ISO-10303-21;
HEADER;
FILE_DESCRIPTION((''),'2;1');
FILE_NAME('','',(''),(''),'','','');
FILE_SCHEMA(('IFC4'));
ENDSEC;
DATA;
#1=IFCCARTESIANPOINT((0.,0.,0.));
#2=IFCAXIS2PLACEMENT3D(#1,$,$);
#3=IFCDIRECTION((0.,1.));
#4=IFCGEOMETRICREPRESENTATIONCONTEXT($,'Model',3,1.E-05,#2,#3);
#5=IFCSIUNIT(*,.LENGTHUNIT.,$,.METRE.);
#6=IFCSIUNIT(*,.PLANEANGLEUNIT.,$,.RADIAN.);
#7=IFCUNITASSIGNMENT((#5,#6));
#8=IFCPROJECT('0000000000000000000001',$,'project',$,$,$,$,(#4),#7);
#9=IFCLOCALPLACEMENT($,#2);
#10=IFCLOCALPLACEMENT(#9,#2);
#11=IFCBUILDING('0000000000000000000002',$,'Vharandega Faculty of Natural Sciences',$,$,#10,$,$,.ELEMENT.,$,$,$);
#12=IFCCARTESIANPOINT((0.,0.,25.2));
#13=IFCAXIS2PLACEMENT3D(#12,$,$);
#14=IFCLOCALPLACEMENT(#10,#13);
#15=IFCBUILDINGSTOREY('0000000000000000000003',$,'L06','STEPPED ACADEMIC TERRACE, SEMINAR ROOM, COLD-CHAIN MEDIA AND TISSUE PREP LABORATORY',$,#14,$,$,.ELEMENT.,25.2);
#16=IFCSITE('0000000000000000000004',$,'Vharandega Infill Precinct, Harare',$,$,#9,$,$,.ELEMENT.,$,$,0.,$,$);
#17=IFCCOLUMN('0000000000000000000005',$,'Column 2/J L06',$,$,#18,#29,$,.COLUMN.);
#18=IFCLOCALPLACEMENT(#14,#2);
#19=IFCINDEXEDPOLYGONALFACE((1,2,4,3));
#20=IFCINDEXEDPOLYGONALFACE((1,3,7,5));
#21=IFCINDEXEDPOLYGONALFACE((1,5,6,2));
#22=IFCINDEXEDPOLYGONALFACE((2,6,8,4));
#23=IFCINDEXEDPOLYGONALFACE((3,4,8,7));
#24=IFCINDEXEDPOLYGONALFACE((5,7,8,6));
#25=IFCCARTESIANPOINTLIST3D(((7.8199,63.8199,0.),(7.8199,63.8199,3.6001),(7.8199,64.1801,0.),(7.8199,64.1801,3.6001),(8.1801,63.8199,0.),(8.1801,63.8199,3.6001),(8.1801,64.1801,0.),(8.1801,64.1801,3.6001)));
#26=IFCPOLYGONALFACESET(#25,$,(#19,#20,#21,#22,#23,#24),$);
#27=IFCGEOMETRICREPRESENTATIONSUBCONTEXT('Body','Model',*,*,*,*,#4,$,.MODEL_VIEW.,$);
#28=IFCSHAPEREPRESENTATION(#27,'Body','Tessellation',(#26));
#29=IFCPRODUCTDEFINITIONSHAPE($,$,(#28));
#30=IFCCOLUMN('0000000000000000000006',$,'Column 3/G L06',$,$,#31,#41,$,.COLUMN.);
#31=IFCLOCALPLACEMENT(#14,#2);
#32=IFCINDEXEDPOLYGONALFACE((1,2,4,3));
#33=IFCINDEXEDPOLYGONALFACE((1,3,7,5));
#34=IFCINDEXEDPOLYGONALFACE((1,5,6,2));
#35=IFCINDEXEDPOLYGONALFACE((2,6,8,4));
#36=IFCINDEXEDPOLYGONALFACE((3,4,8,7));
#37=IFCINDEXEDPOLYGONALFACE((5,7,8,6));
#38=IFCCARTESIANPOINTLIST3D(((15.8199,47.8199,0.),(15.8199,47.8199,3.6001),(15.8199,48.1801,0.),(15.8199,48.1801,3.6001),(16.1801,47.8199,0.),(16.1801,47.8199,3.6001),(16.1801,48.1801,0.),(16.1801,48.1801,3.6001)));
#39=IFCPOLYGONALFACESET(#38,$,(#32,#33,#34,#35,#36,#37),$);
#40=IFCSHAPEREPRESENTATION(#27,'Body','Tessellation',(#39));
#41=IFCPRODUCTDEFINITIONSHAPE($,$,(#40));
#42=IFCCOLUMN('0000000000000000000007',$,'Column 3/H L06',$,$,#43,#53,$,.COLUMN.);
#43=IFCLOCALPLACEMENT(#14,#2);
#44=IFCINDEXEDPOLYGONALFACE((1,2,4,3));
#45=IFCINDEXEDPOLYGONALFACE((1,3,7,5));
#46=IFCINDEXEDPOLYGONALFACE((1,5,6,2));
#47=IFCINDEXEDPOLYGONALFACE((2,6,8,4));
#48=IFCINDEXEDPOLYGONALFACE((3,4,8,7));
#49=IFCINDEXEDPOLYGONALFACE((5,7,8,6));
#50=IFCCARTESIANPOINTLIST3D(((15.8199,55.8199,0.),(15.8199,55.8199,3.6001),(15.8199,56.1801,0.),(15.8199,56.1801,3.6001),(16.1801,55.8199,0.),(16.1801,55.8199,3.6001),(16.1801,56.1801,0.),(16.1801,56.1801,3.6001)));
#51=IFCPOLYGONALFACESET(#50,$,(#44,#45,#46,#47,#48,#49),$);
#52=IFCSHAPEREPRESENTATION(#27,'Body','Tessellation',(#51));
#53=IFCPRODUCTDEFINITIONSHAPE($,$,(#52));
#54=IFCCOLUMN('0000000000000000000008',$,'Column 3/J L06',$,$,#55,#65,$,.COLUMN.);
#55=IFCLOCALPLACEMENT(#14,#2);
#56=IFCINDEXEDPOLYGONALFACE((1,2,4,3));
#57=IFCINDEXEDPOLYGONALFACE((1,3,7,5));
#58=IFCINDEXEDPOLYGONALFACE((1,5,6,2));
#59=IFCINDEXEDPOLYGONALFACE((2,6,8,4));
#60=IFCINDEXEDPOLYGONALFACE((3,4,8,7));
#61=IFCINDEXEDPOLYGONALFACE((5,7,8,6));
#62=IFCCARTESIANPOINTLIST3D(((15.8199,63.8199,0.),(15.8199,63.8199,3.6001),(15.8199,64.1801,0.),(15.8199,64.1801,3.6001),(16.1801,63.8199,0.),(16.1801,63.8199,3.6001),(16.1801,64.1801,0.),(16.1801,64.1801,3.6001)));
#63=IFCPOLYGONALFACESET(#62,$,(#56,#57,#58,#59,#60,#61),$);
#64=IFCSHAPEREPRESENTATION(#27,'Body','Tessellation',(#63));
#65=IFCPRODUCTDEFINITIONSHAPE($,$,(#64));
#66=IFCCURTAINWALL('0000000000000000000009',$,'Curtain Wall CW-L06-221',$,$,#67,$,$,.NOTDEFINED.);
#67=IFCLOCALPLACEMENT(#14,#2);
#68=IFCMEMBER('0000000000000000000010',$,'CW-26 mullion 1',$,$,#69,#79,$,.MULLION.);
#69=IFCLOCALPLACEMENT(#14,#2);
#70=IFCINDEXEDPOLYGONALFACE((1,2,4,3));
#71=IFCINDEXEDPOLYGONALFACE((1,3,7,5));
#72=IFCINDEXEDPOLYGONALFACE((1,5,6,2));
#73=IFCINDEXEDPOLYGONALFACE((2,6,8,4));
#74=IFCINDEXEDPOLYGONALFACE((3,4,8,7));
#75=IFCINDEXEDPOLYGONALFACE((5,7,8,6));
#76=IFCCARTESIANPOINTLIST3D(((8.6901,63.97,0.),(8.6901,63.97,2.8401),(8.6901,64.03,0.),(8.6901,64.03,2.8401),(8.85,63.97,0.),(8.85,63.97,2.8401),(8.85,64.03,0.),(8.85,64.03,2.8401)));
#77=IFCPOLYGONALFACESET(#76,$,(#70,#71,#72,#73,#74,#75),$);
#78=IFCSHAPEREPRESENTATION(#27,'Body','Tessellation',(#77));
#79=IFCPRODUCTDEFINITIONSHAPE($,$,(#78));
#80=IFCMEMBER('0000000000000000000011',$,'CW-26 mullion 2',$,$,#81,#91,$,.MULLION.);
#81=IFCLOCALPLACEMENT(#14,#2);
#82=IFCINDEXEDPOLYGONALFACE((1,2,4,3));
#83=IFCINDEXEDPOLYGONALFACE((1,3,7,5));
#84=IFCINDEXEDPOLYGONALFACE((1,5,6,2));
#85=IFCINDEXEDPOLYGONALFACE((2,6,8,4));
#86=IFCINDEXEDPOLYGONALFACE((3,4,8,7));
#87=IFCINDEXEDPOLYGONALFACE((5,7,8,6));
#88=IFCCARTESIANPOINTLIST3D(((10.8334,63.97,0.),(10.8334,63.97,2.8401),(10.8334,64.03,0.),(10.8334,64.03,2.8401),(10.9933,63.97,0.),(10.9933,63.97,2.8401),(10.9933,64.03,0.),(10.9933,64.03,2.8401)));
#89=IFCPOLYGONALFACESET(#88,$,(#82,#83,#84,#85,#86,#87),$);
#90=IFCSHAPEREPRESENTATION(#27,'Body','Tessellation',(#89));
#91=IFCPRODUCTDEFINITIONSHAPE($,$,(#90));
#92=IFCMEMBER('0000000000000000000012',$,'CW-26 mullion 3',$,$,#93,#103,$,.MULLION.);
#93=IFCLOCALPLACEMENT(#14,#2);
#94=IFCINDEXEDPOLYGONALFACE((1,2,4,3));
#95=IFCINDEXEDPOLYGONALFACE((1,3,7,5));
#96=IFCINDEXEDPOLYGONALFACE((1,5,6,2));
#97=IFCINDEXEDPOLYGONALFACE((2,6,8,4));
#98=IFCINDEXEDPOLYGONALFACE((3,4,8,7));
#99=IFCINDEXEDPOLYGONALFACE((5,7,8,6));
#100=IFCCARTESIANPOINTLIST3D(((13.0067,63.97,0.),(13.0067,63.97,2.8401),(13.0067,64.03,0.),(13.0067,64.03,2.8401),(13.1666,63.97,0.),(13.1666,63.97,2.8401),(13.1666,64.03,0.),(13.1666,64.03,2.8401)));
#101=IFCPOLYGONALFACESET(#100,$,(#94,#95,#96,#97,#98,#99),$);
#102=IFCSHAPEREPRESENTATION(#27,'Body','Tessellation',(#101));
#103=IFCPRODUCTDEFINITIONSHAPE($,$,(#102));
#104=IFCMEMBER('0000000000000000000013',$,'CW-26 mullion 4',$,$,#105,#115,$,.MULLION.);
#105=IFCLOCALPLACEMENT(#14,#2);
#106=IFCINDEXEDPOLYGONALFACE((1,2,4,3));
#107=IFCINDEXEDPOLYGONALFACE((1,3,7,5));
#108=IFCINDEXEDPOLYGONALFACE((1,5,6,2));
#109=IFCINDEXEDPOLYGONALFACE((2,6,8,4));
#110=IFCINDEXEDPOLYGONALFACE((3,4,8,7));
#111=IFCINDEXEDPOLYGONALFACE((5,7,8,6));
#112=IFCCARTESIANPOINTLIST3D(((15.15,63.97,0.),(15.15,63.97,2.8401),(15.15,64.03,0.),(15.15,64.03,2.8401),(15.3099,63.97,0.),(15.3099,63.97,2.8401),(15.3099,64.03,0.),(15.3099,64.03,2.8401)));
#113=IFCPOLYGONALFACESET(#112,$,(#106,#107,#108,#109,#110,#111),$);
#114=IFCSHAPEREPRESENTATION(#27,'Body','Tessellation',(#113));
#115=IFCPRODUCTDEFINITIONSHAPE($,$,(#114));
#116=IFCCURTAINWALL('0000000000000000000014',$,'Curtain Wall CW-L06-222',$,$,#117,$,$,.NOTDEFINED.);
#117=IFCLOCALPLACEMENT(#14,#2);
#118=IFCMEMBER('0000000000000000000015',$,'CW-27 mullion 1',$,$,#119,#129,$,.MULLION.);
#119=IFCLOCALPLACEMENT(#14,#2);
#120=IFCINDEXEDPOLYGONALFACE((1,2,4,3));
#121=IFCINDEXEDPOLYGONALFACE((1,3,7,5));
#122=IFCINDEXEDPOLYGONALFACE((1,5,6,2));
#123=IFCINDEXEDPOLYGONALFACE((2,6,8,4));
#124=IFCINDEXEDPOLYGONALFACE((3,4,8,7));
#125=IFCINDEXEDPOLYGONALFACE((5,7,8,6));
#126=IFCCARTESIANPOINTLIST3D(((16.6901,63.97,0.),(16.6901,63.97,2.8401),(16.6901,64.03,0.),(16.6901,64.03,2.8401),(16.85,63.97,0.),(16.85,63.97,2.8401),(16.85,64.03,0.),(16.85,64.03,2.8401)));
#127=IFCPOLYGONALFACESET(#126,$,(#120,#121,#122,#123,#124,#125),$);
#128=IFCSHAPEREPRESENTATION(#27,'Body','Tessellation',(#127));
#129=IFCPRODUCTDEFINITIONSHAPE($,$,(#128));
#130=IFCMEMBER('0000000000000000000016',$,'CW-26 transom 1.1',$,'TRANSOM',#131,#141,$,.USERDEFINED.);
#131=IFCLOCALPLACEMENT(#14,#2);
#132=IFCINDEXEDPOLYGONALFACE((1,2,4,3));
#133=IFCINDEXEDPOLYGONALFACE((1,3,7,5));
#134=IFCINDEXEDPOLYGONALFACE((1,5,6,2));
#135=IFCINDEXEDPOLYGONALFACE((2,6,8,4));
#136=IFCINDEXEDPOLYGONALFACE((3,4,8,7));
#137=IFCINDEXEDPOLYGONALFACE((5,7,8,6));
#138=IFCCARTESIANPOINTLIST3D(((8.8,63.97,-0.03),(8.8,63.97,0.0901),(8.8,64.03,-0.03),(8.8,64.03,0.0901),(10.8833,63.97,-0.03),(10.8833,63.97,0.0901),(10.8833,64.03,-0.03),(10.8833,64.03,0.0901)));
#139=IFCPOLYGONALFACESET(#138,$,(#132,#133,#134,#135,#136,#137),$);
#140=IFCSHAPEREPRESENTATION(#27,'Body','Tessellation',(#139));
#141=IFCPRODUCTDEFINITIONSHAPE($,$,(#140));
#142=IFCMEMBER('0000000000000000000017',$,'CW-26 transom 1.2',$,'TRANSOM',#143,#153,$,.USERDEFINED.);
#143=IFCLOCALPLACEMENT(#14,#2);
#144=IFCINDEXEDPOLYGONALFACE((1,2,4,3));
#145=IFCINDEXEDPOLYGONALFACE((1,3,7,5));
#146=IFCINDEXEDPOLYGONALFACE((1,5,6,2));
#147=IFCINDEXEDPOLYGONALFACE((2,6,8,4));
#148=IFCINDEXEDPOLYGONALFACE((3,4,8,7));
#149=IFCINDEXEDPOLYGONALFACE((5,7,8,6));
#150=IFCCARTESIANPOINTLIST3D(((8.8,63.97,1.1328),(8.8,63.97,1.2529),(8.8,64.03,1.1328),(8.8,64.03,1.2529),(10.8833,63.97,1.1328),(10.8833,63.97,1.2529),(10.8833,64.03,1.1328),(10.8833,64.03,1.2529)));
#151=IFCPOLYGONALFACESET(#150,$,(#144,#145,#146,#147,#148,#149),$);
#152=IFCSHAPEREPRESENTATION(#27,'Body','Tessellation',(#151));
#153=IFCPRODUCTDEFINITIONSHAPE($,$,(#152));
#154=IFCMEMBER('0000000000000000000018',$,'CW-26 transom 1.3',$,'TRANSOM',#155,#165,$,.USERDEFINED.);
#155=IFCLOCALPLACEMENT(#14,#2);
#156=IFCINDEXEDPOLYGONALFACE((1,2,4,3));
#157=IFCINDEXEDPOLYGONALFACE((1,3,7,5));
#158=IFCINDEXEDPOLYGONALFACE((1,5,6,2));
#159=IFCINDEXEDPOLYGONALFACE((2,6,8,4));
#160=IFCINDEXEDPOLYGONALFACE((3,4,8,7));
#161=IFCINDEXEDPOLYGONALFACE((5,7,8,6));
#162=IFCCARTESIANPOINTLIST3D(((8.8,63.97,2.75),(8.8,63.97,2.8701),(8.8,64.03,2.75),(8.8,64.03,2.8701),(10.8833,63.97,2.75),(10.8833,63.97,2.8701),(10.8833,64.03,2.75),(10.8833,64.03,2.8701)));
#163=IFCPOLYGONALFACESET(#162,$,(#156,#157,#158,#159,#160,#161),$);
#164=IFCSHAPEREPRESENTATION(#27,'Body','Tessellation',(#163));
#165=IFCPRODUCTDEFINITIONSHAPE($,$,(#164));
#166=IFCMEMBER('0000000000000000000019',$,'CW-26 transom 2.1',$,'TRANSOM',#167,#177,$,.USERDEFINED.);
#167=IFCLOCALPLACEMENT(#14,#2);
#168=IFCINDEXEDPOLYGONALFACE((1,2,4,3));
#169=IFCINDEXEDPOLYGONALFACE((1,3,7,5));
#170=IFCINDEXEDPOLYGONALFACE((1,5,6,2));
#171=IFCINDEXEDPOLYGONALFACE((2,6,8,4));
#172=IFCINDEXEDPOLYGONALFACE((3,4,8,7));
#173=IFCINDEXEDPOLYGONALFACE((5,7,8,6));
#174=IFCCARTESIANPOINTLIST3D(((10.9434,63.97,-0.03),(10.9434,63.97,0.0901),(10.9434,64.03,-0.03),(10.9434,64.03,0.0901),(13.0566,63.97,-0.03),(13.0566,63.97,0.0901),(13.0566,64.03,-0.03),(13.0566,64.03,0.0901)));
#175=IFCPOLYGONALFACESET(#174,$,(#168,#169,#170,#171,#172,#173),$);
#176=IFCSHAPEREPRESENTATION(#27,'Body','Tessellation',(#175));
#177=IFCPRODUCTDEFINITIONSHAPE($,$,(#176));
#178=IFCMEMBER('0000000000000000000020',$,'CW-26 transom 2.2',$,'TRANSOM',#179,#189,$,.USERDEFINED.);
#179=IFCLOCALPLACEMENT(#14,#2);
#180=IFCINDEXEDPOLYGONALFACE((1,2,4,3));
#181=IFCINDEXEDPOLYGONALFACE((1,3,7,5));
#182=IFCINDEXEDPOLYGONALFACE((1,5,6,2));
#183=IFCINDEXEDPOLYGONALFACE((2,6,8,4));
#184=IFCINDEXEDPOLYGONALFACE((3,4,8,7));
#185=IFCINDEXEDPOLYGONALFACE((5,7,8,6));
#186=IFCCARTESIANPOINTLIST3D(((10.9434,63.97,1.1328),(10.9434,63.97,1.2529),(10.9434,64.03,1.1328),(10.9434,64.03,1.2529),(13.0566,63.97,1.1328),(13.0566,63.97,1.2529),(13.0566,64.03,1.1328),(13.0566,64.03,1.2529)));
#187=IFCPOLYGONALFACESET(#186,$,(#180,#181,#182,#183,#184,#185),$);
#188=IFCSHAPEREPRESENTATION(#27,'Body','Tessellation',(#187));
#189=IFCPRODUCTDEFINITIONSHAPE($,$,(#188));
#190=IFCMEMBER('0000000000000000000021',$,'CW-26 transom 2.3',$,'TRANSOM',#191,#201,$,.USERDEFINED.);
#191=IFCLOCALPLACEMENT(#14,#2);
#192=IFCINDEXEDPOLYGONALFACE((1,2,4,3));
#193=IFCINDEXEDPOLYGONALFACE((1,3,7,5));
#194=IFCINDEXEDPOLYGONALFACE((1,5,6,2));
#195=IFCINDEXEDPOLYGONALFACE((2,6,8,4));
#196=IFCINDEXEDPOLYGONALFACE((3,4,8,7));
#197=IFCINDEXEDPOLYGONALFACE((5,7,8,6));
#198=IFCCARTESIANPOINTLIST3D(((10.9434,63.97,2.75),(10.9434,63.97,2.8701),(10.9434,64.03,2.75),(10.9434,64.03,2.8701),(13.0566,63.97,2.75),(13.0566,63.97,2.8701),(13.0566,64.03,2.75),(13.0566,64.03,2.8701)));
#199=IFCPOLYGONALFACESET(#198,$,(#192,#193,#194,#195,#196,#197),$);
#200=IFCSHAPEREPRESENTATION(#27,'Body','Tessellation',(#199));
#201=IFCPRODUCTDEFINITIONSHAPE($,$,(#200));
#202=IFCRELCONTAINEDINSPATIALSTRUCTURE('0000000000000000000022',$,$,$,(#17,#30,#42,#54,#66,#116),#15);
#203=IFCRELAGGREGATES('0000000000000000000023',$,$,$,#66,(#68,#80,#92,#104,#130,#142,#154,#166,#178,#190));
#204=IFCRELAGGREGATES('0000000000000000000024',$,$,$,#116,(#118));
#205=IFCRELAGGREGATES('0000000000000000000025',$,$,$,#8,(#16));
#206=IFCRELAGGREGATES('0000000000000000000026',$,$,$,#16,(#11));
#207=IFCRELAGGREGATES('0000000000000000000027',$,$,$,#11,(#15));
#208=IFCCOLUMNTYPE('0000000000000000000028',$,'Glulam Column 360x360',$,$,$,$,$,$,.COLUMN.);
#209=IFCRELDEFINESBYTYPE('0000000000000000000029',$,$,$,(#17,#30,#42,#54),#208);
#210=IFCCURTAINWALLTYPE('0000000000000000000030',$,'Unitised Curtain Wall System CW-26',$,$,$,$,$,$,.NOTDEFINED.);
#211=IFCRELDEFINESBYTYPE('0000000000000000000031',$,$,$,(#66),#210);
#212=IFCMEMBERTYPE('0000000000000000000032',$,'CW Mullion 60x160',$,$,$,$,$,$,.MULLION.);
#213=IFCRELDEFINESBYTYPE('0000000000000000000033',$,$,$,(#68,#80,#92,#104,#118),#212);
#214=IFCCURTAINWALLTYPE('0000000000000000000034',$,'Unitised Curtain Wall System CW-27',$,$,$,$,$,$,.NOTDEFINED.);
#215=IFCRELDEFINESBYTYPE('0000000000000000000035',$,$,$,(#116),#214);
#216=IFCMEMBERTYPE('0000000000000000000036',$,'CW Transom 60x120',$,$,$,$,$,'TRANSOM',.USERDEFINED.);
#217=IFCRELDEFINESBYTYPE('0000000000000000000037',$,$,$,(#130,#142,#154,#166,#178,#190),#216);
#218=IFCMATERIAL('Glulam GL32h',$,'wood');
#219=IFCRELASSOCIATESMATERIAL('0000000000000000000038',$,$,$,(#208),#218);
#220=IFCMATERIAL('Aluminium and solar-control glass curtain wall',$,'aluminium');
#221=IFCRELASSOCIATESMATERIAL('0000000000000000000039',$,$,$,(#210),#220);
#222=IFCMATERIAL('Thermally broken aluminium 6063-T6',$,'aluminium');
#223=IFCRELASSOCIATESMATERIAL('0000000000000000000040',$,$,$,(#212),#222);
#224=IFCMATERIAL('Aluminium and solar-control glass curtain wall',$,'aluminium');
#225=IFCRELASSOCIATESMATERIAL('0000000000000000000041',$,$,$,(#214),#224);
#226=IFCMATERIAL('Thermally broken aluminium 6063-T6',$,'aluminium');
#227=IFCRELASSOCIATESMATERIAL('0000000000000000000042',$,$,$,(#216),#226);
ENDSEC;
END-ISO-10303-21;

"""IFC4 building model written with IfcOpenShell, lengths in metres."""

from ifc_helpers import new_model, si_unit, direction, frame, origin, origin_2d, place, context, subcontext, project, spatial, rectangle, extrude, material, material_profile, profile_set, type_object, element, aggregate, save


model = new_model("IFC4")

# Units and contexts
model_context = context("Model", 3, precision=1e-05, world=origin(), true_north=direction((0.0, 1.0)))
body_context = subcontext(model_context, "Body", "Model", "MODEL_VIEW")
ifc_project = project(units=[si_unit("LENGTHUNIT", "METRE"), si_unit("PLANEANGLEUNIT", "RADIAN")], contexts=[model_context])

# Site, building, storey
site_placement = place(None, origin())
site = spatial("IfcSite", under=ifc_project, at=site_placement, Name="Vharandega Infill Precinct, Harare", CompositionType="ELEMENT", RefElevation=0.0)
building_placement = place(site_placement, origin())
building = spatial("IfcBuilding", under=site, at=building_placement, Name="Vharandega Faculty of Natural Sciences", CompositionType="ELEMENT")
storey_placement = place(building_placement, frame((0.0, 0.0, 25.2)))
storey = spatial("IfcBuildingStorey", under=building, at=storey_placement, Name="L06", Description="STEPPED ACADEMIC TERRACE, SEMINAR ROOM, COLD-CHAIN MEDIA AND TISSUE PREP LABORATORY", CompositionType="ELEMENT", Elevation=25.2)

# Columns
ifc_material_1 = material(Name="Glulam GL32h", Category="wood")
ifc_material_profile_1 = material_profile(ifc_material_1, rectangle(XDim=0.3601, YDim=0.3601, at=origin_2d()), Name="GL32h 360x360")
ifc_profile_set_1 = profile_set([ifc_material_profile_1], Name="Glulam GL32h")
column_type = type_object("IfcColumnType", Name="Glulam Column 360x360", PredefinedType="COLUMN", material=ifc_profile_set_1)
for number, where, z_axis, x_axis, name in (
    (1, (8.0, 64.0, 0.0), (0.0, 0.0, 1.0), (1.0, 0.0, 0.0), "Column 2/J L06"),
    (2, (16.0, 48.0, 0.0), (0.0, 0.0, 1.0), (1.0, 0.0, 0.0), "Column 3/G L06"),
    (3, (16.0, 56.0, 0.0), (0.0, 0.0, 1.0), (1.0, 0.0, 0.0), "Column 3/H L06"),
    (4, (16.0, 64.0, 0.0), (0.0, 0.0, 1.0), (1.0, 0.0, 0.0), "Column 3/J L06"),
):
    element("IfcColumn", number, at=place(storey_placement, frame(where, z_axis=z_axis, x_axis=x_axis)), inside=storey, type_object=column_type, Name=name, PredefinedType="COLUMN", context=body_context, shape_type="SweptSolid", body=[
        extrude(rectangle(XDim=0.3601, YDim=0.3601, at=origin_2d()), origin(), (0.0, 0.0, 1.0), 3.6001),
    ])

# Curtain wall, members
ifc_material_2 = material(Name="Aluminium and solar-control glass curtain wall", Category="aluminium")
curtain_wall_type_1 = type_object("IfcCurtainWallType", Name="Unitised Curtain Wall System CW-26", PredefinedType="NOTDEFINED", material=ifc_material_2)
curtain_wall_1_placement = place(storey_placement, origin())
curtain_wall_1 = element("IfcCurtainWall", 5, at=curtain_wall_1_placement, inside=storey, type_object=curtain_wall_type_1, Name="Curtain Wall CW-L06-221", PredefinedType="NOTDEFINED")
ifc_material_3 = material(Name="Thermally broken aluminium 6063-T6", Category="aluminium")
ifc_material_profile_2 = material_profile(ifc_material_3, rectangle(XDim=0.0601, YDim=0.1599, at=origin_2d()), Name="ALU 60x160")
ifc_profile_set_2 = profile_set([ifc_material_profile_2], Name="Thermally broken aluminium 6063-T6")
member_type_1 = type_object("IfcMemberType", Name="CW Mullion 60x160", PredefinedType="MULLION", material=ifc_profile_set_2)
member_1_placement = place(storey_placement, frame((8.77, 64.0, 0.0), z_axis=(0.0, 0.0, 1.0), x_axis=(0.0, 1.0, 0.0)))
member_1 = element("IfcMember", 6, at=member_1_placement, type_object=member_type_1, Name="CW-26 mullion 1", PredefinedType="MULLION", context=body_context, shape_type="SweptSolid", body=[
    extrude(rectangle(XDim=0.0601, YDim=0.1599, at=origin_2d()), origin(), (0.0, 0.0, 1.0), 2.8401),
])
member_2_placement = place(storey_placement, frame((10.9133, 64.0, 0.0), z_axis=(0.0, 0.0, 1.0), x_axis=(0.0, 1.0, 0.0)))
member_2 = element("IfcMember", 7, at=member_2_placement, type_object=member_type_1, Name="CW-26 mullion 2", PredefinedType="MULLION", context=body_context, shape_type="SweptSolid", body=[
    extrude(rectangle(XDim=0.0601, YDim=0.1599, at=origin_2d()), origin(), (0.0, 0.0, 1.0), 2.8401),
])
member_3_placement = place(storey_placement, frame((13.0867, 64.0, 0.0), z_axis=(0.0, 0.0, 1.0), x_axis=(0.0, 1.0, 0.0)))
member_3 = element("IfcMember", 8, at=member_3_placement, type_object=member_type_1, Name="CW-26 mullion 3", PredefinedType="MULLION", context=body_context, shape_type="SweptSolid", body=[
    extrude(rectangle(XDim=0.0601, YDim=0.1599, at=origin_2d()), origin(), (0.0, 0.0, 1.0), 2.8401),
])
member_4_placement = place(storey_placement, frame((15.23, 64.0, 0.0), z_axis=(0.0, 0.0, 1.0), x_axis=(0.0, 1.0, 0.0)))
member_4 = element("IfcMember", 9, at=member_4_placement, type_object=member_type_1, Name="CW-26 mullion 4", PredefinedType="MULLION", context=body_context, shape_type="SweptSolid", body=[
    extrude(rectangle(XDim=0.0601, YDim=0.1599, at=origin_2d()), origin(), (0.0, 0.0, 1.0), 2.8401),
])

# Curtain wall, member
ifc_material_4 = material(Name="Aluminium and solar-control glass curtain wall", Category="aluminium")
curtain_wall_type_2 = type_object("IfcCurtainWallType", Name="Unitised Curtain Wall System CW-27", PredefinedType="NOTDEFINED", material=ifc_material_4)
curtain_wall_2_placement = place(storey_placement, origin())
curtain_wall_2 = element("IfcCurtainWall", 10, at=curtain_wall_2_placement, inside=storey, type_object=curtain_wall_type_2, Name="Curtain Wall CW-L06-222", PredefinedType="NOTDEFINED")
member_5_placement = place(storey_placement, frame((16.77, 64.0, 0.0), z_axis=(0.0, 0.0, 1.0), x_axis=(0.0, 1.0, 0.0)))
member_5 = element("IfcMember", 11, at=member_5_placement, type_object=member_type_1, Name="CW-27 mullion 1", PredefinedType="MULLION", context=body_context, shape_type="SweptSolid", body=[
    extrude(rectangle(XDim=0.0601, YDim=0.1599, at=origin_2d()), origin(), (0.0, 0.0, 1.0), 2.8401),
])

# Members
ifc_material_5 = material(Name="Thermally broken aluminium 6063-T6", Category="aluminium")
ifc_material_profile_3 = material_profile(ifc_material_5, rectangle(XDim=0.0601, YDim=0.1201, at=origin_2d()), Name="ALU 60x120")
ifc_profile_set_3 = profile_set([ifc_material_profile_3], Name="Thermally broken aluminium 6063-T6")
member_type_2 = type_object("IfcMemberType", Name="CW Transom 60x120", ElementType="TRANSOM", PredefinedType="USERDEFINED", material=ifc_profile_set_3)
member_6_placement = place(storey_placement, frame((8.8, 64.0, 0.03), z_axis=(1.0, 0.0, 0.0), x_axis=(0.0, 1.0, 0.0)))
member_6 = element("IfcMember", 12, at=member_6_placement, type_object=member_type_2, Name="CW-26 transom 1.1", ObjectType="TRANSOM", PredefinedType="USERDEFINED", context=body_context, shape_type="SweptSolid", body=[
    extrude(rectangle(XDim=0.0601, YDim=0.1201, at=origin_2d()), origin(), (0.0, 0.0, 1.0), 2.0833),
])
member_7_placement = place(storey_placement, frame((8.8, 64.0, 1.1929), z_axis=(1.0, 0.0, 0.0), x_axis=(0.0, 1.0, 0.0)))
member_7 = element("IfcMember", 13, at=member_7_placement, type_object=member_type_2, Name="CW-26 transom 1.2", ObjectType="TRANSOM", PredefinedType="USERDEFINED", context=body_context, shape_type="SweptSolid", body=[
    extrude(rectangle(XDim=0.0601, YDim=0.1201, at=origin_2d()), origin(), (0.0, 0.0, 1.0), 2.0833),
])
member_8_placement = place(storey_placement, frame((8.8, 64.0, 2.8101), z_axis=(1.0, 0.0, 0.0), x_axis=(0.0, 1.0, 0.0)))
member_8 = element("IfcMember", 14, at=member_8_placement, type_object=member_type_2, Name="CW-26 transom 1.3", ObjectType="TRANSOM", PredefinedType="USERDEFINED", context=body_context, shape_type="SweptSolid", body=[
    extrude(rectangle(XDim=0.0601, YDim=0.1201, at=origin_2d()), origin(), (0.0, 0.0, 1.0), 2.0833),
])
member_9_placement = place(storey_placement, frame((10.9434, 64.0, 0.03), z_axis=(1.0, 0.0, 0.0), x_axis=(0.0, 1.0, 0.0)))
member_9 = element("IfcMember", 15, at=member_9_placement, type_object=member_type_2, Name="CW-26 transom 2.1", ObjectType="TRANSOM", PredefinedType="USERDEFINED", context=body_context, shape_type="SweptSolid", body=[
    extrude(rectangle(XDim=0.0601, YDim=0.1201, at=origin_2d()), origin(), (0.0, 0.0, 1.0), 2.1133),
])
member_10_placement = place(storey_placement, frame((10.9434, 64.0, 1.1929), z_axis=(1.0, 0.0, 0.0), x_axis=(0.0, 1.0, 0.0)))
member_10 = element("IfcMember", 16, at=member_10_placement, type_object=member_type_2, Name="CW-26 transom 2.2", ObjectType="TRANSOM", PredefinedType="USERDEFINED", context=body_context, shape_type="SweptSolid", body=[
    extrude(rectangle(XDim=0.0601, YDim=0.1201, at=origin_2d()), origin(), (0.0, 0.0, 1.0), 2.1133),
])
member_11_placement = place(storey_placement, frame((10.9434, 64.0, 2.8101), z_axis=(1.0, 0.0, 0.0), x_axis=(0.0, 1.0, 0.0)))
member_11 = element("IfcMember", 17, at=member_11_placement, type_object=member_type_2, Name="CW-26 transom 2.3", ObjectType="TRANSOM", PredefinedType="USERDEFINED", context=body_context, shape_type="SweptSolid", body=[
    extrude(rectangle(XDim=0.0601, YDim=0.1201, at=origin_2d()), origin(), (0.0, 0.0, 1.0), 2.1133),
])

aggregate(curtain_wall_1, [member_1, member_2, member_3, member_4, member_6, member_7, member_8, member_9, member_10, member_11])
aggregate(curtain_wall_2, [member_5])

save(model, "model.ifc")
